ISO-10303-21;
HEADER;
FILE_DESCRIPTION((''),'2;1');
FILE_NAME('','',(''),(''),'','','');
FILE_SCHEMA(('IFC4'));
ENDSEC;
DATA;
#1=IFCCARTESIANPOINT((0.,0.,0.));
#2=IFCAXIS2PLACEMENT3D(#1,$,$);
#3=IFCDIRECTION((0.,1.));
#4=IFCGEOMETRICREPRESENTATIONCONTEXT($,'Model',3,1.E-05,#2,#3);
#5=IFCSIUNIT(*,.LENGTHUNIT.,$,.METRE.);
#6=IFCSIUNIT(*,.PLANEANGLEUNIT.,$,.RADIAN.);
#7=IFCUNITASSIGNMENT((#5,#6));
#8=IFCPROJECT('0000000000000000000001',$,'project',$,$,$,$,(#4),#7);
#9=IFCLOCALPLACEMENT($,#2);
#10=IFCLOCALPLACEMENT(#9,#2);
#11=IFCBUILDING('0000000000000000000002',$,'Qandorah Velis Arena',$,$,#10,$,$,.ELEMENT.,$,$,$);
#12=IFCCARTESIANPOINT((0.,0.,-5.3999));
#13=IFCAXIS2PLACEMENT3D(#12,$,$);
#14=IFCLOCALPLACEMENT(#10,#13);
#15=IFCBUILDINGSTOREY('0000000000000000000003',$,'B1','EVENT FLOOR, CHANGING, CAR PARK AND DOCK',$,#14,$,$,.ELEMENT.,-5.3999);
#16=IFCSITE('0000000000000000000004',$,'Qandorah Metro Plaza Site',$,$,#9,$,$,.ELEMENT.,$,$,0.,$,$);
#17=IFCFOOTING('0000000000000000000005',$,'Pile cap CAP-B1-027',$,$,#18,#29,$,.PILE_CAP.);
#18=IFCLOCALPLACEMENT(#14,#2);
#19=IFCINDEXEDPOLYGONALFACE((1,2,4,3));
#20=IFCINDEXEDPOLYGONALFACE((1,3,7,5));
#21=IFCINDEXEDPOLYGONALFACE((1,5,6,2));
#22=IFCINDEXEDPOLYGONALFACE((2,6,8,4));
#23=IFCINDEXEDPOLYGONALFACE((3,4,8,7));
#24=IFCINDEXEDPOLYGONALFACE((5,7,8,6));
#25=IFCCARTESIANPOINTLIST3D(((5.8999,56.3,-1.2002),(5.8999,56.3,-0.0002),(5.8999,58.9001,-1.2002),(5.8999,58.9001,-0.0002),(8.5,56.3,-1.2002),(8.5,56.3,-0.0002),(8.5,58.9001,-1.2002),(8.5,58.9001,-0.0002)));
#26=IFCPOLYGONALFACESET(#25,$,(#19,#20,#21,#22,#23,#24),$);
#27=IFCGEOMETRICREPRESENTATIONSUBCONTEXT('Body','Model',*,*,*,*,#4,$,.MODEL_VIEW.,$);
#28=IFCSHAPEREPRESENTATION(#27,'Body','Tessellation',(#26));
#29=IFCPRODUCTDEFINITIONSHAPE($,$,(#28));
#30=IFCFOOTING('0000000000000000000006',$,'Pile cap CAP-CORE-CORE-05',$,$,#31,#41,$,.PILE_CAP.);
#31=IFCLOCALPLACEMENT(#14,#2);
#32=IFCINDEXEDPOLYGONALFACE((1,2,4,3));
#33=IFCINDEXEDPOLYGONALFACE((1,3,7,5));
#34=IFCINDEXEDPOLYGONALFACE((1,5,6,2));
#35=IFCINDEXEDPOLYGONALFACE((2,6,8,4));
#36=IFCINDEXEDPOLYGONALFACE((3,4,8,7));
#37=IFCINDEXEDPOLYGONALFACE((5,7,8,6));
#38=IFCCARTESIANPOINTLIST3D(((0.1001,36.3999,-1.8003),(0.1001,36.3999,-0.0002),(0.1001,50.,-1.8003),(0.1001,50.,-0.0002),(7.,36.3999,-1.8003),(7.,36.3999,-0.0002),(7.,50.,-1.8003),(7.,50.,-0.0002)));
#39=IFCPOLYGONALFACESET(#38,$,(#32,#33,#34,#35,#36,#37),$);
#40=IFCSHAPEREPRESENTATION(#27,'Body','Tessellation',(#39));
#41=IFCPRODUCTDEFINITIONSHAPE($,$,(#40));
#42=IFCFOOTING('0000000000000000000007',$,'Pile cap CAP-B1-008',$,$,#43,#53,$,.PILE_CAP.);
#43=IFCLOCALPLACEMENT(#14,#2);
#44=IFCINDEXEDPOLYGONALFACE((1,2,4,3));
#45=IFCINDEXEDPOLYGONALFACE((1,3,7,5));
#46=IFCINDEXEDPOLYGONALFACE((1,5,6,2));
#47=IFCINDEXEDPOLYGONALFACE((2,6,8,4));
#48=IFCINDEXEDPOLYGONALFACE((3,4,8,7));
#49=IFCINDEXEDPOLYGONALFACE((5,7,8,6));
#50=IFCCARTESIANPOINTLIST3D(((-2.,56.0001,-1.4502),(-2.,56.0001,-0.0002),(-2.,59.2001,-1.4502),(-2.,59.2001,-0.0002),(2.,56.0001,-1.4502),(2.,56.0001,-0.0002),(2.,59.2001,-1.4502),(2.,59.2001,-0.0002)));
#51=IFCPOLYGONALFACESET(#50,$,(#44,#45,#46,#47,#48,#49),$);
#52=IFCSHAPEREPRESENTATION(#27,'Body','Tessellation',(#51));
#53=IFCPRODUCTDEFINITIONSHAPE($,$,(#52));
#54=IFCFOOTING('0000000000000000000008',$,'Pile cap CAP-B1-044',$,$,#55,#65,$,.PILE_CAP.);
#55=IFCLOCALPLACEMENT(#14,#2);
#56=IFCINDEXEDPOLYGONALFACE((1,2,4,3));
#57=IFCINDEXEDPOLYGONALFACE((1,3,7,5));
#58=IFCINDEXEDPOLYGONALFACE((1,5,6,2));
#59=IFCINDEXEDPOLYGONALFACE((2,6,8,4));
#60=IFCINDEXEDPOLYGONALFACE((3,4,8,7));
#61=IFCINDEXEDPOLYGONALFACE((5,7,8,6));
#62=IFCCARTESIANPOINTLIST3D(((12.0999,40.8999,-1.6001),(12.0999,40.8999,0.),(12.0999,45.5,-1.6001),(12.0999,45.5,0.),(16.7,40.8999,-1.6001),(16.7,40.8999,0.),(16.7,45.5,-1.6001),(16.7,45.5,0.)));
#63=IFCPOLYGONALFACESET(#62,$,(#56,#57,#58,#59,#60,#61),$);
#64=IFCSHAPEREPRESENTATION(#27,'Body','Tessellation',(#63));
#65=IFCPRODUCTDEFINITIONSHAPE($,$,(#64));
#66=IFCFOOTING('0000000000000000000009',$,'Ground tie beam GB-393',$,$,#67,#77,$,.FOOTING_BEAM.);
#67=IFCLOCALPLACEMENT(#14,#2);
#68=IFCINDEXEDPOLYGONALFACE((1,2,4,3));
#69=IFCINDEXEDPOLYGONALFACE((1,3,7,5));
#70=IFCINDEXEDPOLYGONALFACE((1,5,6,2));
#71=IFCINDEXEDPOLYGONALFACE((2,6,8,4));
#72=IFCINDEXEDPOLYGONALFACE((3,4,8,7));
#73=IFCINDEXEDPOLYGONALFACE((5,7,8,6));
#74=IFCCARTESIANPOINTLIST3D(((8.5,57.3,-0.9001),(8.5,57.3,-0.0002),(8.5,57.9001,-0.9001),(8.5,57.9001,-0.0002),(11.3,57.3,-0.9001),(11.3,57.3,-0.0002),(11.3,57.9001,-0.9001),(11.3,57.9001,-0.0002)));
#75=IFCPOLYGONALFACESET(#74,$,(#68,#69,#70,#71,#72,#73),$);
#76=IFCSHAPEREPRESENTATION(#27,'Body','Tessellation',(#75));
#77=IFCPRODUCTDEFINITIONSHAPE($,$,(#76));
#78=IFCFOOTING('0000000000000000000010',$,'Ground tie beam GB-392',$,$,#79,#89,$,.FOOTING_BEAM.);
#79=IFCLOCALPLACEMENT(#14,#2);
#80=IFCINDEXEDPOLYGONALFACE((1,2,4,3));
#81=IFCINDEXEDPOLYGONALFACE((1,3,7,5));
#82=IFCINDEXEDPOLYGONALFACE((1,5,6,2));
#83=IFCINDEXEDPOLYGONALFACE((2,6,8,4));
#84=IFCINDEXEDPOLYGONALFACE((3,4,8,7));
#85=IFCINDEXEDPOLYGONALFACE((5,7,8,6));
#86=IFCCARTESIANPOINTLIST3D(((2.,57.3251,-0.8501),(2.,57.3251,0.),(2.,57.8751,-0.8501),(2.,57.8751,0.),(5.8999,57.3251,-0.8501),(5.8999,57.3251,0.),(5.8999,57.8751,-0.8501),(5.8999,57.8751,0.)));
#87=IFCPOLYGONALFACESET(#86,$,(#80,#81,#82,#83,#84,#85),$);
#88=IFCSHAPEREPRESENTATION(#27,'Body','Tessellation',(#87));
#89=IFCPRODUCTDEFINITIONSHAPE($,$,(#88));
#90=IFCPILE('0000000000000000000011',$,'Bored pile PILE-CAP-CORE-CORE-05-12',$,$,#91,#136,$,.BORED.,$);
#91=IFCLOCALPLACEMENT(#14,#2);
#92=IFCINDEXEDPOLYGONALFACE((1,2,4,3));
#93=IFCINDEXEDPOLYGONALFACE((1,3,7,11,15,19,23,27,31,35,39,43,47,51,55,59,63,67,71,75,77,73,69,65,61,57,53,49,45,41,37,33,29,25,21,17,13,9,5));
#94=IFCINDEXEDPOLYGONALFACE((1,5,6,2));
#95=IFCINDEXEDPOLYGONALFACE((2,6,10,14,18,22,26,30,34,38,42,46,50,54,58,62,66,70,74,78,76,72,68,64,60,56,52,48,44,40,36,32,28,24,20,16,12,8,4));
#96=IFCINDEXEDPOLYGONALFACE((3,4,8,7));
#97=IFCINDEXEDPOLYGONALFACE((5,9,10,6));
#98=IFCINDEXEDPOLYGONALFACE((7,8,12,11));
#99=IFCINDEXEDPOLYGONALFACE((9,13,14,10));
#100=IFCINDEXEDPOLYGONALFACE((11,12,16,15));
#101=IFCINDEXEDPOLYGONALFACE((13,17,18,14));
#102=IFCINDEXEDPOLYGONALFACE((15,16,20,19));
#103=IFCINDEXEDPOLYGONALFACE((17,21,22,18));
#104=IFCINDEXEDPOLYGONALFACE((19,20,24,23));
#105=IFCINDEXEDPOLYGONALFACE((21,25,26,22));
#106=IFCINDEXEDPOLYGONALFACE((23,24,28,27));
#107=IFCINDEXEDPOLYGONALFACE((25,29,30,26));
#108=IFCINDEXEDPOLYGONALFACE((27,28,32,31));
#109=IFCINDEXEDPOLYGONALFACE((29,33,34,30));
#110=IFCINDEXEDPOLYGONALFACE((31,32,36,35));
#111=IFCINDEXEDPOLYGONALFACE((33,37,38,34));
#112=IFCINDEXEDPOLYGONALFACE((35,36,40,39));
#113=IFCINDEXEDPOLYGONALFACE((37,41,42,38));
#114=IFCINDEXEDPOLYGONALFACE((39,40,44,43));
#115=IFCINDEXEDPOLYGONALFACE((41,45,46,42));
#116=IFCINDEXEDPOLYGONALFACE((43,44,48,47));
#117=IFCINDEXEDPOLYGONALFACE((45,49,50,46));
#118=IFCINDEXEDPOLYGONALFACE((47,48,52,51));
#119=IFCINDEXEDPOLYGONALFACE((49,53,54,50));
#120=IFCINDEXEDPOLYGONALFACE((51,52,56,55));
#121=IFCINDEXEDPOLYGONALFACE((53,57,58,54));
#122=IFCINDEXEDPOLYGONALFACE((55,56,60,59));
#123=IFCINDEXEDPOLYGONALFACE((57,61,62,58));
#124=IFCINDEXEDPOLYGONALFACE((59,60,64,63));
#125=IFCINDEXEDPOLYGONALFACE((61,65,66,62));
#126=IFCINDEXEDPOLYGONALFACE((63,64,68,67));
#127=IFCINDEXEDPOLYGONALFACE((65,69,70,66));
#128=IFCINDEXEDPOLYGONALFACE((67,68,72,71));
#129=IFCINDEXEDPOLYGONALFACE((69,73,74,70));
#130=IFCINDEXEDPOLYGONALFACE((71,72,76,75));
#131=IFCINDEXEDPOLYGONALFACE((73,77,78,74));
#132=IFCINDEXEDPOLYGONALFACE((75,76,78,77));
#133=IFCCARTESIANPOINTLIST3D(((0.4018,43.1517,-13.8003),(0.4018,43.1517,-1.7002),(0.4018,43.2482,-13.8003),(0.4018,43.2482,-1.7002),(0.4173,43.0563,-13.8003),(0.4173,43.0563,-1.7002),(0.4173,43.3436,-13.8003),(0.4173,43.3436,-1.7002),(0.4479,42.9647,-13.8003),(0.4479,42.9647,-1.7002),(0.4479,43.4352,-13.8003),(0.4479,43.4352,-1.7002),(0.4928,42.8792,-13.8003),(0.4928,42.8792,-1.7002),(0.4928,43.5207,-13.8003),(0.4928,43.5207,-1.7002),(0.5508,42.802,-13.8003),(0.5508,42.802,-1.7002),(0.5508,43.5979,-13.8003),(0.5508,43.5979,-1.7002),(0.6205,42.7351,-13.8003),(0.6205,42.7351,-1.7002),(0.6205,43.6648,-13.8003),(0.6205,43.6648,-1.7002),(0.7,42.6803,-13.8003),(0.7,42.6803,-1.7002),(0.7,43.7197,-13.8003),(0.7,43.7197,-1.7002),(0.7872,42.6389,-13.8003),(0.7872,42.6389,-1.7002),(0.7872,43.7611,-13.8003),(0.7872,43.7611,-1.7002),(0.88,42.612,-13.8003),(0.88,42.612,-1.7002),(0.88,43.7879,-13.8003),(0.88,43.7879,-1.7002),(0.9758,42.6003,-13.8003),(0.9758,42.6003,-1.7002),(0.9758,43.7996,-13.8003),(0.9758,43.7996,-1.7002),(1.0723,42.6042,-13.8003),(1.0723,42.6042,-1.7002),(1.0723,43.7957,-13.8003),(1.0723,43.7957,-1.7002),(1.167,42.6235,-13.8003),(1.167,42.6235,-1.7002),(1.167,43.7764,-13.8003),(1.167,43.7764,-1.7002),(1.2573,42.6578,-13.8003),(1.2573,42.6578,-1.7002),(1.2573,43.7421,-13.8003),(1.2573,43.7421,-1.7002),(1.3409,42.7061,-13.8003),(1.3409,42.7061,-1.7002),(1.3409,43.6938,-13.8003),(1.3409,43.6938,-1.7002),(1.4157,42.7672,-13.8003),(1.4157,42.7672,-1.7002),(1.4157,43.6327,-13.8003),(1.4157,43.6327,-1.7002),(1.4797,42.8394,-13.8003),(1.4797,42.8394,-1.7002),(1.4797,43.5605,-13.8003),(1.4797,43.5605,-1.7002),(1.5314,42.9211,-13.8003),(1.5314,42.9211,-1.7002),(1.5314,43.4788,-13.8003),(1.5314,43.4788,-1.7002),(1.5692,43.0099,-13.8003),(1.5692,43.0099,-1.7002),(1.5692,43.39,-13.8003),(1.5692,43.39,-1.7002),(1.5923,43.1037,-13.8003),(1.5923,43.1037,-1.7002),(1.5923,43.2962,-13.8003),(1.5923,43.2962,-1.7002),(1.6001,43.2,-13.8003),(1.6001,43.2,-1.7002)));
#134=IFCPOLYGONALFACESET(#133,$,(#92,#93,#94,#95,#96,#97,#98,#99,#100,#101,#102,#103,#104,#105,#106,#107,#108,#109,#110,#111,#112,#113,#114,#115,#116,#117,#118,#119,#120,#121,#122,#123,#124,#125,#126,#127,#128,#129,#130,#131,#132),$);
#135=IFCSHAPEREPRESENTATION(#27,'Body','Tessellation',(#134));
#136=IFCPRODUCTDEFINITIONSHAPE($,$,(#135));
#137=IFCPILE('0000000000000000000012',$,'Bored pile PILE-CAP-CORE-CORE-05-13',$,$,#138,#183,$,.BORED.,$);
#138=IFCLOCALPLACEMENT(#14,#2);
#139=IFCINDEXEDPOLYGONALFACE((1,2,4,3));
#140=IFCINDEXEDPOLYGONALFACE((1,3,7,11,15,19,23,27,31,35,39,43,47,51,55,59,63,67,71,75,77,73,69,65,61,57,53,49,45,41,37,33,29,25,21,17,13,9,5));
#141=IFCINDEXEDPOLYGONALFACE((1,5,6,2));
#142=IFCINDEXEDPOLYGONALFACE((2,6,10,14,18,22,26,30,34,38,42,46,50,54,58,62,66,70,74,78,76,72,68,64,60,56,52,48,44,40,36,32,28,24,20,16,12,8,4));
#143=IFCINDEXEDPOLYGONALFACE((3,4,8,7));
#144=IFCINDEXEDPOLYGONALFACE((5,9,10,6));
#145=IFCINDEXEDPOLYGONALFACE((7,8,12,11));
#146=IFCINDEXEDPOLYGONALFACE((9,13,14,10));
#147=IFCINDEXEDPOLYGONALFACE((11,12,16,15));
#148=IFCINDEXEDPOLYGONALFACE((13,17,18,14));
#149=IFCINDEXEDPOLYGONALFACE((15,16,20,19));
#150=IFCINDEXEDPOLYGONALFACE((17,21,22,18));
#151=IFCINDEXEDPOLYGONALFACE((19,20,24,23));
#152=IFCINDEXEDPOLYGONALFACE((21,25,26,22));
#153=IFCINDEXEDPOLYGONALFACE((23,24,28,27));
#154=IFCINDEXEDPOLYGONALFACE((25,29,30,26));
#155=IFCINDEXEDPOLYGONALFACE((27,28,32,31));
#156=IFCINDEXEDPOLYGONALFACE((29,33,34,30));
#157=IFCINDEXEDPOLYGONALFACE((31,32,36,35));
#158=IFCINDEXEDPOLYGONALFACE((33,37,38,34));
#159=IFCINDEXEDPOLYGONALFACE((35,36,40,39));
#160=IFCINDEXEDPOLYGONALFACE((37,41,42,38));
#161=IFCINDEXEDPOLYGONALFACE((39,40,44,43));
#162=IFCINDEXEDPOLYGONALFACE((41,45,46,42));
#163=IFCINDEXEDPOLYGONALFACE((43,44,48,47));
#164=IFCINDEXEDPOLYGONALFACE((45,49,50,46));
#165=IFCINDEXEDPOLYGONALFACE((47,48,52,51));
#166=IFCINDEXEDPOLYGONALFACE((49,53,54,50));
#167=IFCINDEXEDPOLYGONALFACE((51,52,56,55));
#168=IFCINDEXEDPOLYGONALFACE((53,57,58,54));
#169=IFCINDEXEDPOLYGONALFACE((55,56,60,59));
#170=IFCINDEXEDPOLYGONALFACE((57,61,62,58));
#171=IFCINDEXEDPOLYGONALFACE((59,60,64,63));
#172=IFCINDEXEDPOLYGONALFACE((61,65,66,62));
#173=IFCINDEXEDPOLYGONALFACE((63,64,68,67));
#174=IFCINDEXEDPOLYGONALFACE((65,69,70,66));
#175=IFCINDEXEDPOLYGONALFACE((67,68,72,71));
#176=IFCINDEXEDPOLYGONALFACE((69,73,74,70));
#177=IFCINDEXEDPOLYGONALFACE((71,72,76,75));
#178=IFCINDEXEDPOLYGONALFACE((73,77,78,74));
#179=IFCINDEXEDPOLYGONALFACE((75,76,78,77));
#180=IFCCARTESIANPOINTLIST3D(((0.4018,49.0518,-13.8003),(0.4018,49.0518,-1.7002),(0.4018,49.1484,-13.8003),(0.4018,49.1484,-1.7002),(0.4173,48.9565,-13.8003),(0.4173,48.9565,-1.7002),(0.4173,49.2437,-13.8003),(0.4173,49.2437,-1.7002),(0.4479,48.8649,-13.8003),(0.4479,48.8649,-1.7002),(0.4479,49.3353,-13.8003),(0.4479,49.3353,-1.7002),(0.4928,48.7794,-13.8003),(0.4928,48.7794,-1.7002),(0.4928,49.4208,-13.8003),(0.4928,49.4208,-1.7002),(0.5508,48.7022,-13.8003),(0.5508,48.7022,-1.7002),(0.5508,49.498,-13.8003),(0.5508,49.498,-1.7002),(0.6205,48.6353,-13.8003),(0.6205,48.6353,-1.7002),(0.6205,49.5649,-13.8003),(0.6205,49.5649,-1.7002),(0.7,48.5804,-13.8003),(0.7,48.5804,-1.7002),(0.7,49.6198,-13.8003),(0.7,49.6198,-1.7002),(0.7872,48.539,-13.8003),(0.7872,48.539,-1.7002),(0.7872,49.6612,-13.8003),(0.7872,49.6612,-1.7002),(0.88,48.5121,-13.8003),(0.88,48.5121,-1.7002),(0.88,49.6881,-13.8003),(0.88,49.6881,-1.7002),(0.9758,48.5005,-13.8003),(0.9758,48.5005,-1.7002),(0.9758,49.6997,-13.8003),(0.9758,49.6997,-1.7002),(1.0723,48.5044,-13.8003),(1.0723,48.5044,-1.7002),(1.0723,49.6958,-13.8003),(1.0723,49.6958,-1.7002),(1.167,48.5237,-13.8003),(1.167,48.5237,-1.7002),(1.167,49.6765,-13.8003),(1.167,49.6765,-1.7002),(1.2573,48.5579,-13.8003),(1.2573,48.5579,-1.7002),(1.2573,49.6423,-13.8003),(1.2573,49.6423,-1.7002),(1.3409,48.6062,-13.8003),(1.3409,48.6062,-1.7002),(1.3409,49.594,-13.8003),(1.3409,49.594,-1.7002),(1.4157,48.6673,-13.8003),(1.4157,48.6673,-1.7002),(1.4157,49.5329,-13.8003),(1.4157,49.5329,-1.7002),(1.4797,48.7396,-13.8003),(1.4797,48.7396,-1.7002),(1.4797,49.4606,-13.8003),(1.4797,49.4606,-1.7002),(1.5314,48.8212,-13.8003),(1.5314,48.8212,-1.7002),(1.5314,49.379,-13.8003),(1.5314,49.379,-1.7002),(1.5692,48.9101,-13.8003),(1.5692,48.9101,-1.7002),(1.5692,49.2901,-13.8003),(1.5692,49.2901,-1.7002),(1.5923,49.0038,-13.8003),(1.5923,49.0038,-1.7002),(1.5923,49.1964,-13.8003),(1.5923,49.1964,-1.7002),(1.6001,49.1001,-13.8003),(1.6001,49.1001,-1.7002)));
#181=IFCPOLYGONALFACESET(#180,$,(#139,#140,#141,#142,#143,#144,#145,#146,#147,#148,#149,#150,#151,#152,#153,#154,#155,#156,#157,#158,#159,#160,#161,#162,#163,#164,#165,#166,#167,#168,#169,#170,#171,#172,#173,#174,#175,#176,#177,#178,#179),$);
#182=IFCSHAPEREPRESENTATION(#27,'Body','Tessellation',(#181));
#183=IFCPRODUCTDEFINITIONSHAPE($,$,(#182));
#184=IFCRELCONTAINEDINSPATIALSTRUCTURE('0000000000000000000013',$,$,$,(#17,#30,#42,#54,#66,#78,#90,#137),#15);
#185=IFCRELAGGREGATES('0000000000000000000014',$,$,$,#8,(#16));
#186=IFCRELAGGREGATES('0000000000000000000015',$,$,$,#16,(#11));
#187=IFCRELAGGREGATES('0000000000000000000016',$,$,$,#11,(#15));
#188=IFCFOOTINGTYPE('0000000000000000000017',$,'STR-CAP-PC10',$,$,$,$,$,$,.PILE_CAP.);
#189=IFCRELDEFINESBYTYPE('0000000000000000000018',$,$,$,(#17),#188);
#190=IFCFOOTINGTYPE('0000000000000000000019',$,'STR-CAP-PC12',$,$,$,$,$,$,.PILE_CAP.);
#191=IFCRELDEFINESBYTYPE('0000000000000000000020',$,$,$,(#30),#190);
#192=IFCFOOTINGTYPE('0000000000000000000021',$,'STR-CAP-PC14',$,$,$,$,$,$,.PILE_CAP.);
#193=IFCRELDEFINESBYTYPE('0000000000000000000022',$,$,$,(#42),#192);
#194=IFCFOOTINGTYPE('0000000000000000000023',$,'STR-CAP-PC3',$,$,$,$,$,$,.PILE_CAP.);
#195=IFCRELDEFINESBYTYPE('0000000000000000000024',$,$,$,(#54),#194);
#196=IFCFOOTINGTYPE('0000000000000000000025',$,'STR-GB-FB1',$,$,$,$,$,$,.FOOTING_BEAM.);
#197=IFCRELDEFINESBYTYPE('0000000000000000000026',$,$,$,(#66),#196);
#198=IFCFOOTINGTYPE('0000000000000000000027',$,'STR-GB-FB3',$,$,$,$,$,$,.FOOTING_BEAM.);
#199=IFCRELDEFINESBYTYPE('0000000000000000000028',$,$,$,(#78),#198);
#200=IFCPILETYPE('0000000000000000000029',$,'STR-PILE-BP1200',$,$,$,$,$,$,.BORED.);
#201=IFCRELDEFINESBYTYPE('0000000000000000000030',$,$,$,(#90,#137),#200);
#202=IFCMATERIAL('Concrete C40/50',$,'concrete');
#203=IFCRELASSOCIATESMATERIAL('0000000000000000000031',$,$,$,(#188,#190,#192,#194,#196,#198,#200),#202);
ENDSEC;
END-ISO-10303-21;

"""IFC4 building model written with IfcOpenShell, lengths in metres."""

from ifc_helpers import new_model, si_unit, direction, frame, origin, origin_2d, place, context, subcontext, project, spatial, rectangle, circle, extrude, material, material_profile, profile_set, type_object, element, save


model = new_model("IFC4")

# Units and contexts
model_context = context("Model", 3, precision=1e-05, world=origin(), true_north=direction((0.0, 1.0)))
body_context = subcontext(model_context, "Body", "Model", "MODEL_VIEW")
ifc_project = project(units=[si_unit("LENGTHUNIT", "METRE"), si_unit("PLANEANGLEUNIT", "RADIAN")], contexts=[model_context])

# Site, building, storey
site_placement = place(None, origin())
site = spatial("IfcSite", under=ifc_project, at=site_placement, Name="Qandorah Metro Plaza Site", CompositionType="ELEMENT", RefElevation=0.0)
building_placement = place(site_placement, origin())
building = spatial("IfcBuilding", under=site, at=building_placement, Name="Qandorah Velis Arena", CompositionType="ELEMENT")
storey_placement = place(building_placement, frame((0.0, 0.0, -5.3999)))
storey = spatial("IfcBuildingStorey", under=building, at=storey_placement, Name="B1", Description="EVENT FLOOR, CHANGING, CAR PARK AND DOCK", CompositionType="ELEMENT", Elevation=-5.3999)

# Footings
ifc_material_1 = material(Name="Concrete C40/50", Category="concrete")
footing_type_1 = type_object("IfcFootingType", Name="STR-CAP-PC10", PredefinedType="PILE_CAP", material=ifc_material_1)
footing_1_placement = place(storey_placement, frame((7.2, 57.6001, -1.2002), z_axis=(0.0, 0.0, 1.0), x_axis=(1.0, 0.0, 0.0)))
element("IfcFooting", 1, at=footing_1_placement, inside=storey, type_object=footing_type_1, Name="Pile cap CAP-B1-027", PredefinedType="PILE_CAP", context=body_context, shape_type="SweptSolid", body=[
    extrude(rectangle(XDim=2.6001, YDim=2.6001, at=origin_2d()), origin(), (0.0, 0.0, 1.0), 1.2),
])
footing_type_2 = type_object("IfcFootingType", Name="STR-CAP-PC12", PredefinedType="PILE_CAP", material=ifc_material_1)
footing_2_placement = place(storey_placement, frame((3.55, 43.2, -1.8003), z_axis=(0.0, 0.0, 1.0), x_axis=(1.0, 0.0, 0.0)))
element("IfcFooting", 2, at=footing_2_placement, inside=storey, type_object=footing_type_2, Name="Pile cap CAP-CORE-CORE-05", PredefinedType="PILE_CAP", context=body_context, shape_type="SweptSolid", body=[
    extrude(rectangle(XDim=6.8999, YDim=13.6001, at=origin_2d()), origin(), (0.0, 0.0, 1.0), 1.8),
])
footing_type_3 = type_object("IfcFootingType", Name="STR-CAP-PC14", PredefinedType="PILE_CAP", material=ifc_material_1)
footing_3_placement = place(storey_placement, frame((0.0, 57.6001, -1.4502), z_axis=(0.0, 0.0, 1.0), x_axis=(1.0, 0.0, 0.0)))
element("IfcFooting", 3, at=footing_3_placement, inside=storey, type_object=footing_type_3, Name="Pile cap CAP-B1-008", PredefinedType="PILE_CAP", context=body_context, shape_type="SweptSolid", body=[
    extrude(rectangle(XDim=4.0, YDim=3.2, at=origin_2d()), origin(), (0.0, 0.0, 1.0), 1.45),
])
footing_type_4 = type_object("IfcFootingType", Name="STR-CAP-PC3", PredefinedType="PILE_CAP", material=ifc_material_1)
footing_4_placement = place(storey_placement, frame((14.3999, 43.2, -1.6001), z_axis=(0.0, 0.0, 1.0), x_axis=(1.0, 0.0, 0.0)))
element("IfcFooting", 4, at=footing_4_placement, inside=storey, type_object=footing_type_4, Name="Pile cap CAP-B1-044", PredefinedType="PILE_CAP", context=body_context, shape_type="SweptSolid", body=[
    extrude(rectangle(XDim=4.6001, YDim=4.6001, at=origin_2d()), origin(), (0.0, 0.0, 1.0), 1.6001),
])
ifc_material_profile_1 = material_profile(ifc_material_1, rectangle(XDim=0.6001, YDim=0.8999, at=origin_2d()), Name="GB1 600x900")
ifc_profile_set_1 = profile_set([ifc_material_profile_1], Name="Concrete C40/50")
footing_type_5 = type_object("IfcFootingType", Name="STR-GB-FB1", PredefinedType="FOOTING_BEAM", material=ifc_profile_set_1)
footing_5_placement = place(storey_placement, frame((8.5, 57.6001, -0.4502), z_axis=(1.0, 0.0, 0.0), x_axis=(0.0, 1.0, 0.0)))
element("IfcFooting", 5, at=footing_5_placement, inside=storey, type_object=footing_type_5, Name="Ground tie beam GB-393", PredefinedType="FOOTING_BEAM", context=body_context, shape_type="SweptSolid", body=[
    extrude(rectangle(XDim=0.6001, YDim=0.8999, at=origin_2d()), origin(), (0.0, 0.0, 1.0), 2.8),
])
ifc_material_profile_2 = material_profile(ifc_material_1, rectangle(XDim=0.55, YDim=0.8501, at=origin_2d()), Name="GB3 550x850")
ifc_profile_set_2 = profile_set([ifc_material_profile_2], Name="Concrete C40/50")
footing_type_6 = type_object("IfcFootingType", Name="STR-GB-FB3", PredefinedType="FOOTING_BEAM", material=ifc_profile_set_2)
footing_6_placement = place(storey_placement, frame((2.0, 57.6001, -0.425), z_axis=(1.0, 0.0, 0.0), x_axis=(0.0, 1.0, 0.0)))
element("IfcFooting", 6, at=footing_6_placement, inside=storey, type_object=footing_type_6, Name="Ground tie beam GB-392", PredefinedType="FOOTING_BEAM", context=body_context, shape_type="SweptSolid", body=[
    extrude(rectangle(XDim=0.55, YDim=0.8501, at=origin_2d()), origin(), (0.0, 0.0, 1.0), 3.8999),
])

# Piles
ifc_material_profile_3 = material_profile(ifc_material_1, circle(Radius=0.6001, at=origin_2d()), Name="BORED PILE D1200")
ifc_profile_set_3 = profile_set([ifc_material_profile_3], Name="Concrete C40/50")
pile_type_1 = type_object("IfcPileType", Name="STR-PILE-BP1200", PredefinedType="BORED", material=ifc_profile_set_3)
for number, where, z_axis, x_axis, name in (
    (7, (1.0, 43.2, -1.7002), (0.0, 0.0, -1.0), (1.0, 0.0, 0.0), "Bored pile PILE-CAP-CORE-CORE-05-12"),
    (8, (1.0, 49.1001, -1.7002), (0.0, 0.0, -1.0), (1.0, 0.0, 0.0), "Bored pile PILE-CAP-CORE-CORE-05-13"),
):
    element("IfcPile", number, at=place(storey_placement, frame(where, z_axis=z_axis, x_axis=x_axis)), inside=storey, type_object=pile_type_1, Name=name, PredefinedType="BORED", context=body_context, shape_type="SweptSolid", body=[
        extrude(circle(Radius=0.6001, at=origin_2d()), origin(), (0.0, 0.0, 1.0), 12.1001),
    ])

save(model, "model.ifc")
